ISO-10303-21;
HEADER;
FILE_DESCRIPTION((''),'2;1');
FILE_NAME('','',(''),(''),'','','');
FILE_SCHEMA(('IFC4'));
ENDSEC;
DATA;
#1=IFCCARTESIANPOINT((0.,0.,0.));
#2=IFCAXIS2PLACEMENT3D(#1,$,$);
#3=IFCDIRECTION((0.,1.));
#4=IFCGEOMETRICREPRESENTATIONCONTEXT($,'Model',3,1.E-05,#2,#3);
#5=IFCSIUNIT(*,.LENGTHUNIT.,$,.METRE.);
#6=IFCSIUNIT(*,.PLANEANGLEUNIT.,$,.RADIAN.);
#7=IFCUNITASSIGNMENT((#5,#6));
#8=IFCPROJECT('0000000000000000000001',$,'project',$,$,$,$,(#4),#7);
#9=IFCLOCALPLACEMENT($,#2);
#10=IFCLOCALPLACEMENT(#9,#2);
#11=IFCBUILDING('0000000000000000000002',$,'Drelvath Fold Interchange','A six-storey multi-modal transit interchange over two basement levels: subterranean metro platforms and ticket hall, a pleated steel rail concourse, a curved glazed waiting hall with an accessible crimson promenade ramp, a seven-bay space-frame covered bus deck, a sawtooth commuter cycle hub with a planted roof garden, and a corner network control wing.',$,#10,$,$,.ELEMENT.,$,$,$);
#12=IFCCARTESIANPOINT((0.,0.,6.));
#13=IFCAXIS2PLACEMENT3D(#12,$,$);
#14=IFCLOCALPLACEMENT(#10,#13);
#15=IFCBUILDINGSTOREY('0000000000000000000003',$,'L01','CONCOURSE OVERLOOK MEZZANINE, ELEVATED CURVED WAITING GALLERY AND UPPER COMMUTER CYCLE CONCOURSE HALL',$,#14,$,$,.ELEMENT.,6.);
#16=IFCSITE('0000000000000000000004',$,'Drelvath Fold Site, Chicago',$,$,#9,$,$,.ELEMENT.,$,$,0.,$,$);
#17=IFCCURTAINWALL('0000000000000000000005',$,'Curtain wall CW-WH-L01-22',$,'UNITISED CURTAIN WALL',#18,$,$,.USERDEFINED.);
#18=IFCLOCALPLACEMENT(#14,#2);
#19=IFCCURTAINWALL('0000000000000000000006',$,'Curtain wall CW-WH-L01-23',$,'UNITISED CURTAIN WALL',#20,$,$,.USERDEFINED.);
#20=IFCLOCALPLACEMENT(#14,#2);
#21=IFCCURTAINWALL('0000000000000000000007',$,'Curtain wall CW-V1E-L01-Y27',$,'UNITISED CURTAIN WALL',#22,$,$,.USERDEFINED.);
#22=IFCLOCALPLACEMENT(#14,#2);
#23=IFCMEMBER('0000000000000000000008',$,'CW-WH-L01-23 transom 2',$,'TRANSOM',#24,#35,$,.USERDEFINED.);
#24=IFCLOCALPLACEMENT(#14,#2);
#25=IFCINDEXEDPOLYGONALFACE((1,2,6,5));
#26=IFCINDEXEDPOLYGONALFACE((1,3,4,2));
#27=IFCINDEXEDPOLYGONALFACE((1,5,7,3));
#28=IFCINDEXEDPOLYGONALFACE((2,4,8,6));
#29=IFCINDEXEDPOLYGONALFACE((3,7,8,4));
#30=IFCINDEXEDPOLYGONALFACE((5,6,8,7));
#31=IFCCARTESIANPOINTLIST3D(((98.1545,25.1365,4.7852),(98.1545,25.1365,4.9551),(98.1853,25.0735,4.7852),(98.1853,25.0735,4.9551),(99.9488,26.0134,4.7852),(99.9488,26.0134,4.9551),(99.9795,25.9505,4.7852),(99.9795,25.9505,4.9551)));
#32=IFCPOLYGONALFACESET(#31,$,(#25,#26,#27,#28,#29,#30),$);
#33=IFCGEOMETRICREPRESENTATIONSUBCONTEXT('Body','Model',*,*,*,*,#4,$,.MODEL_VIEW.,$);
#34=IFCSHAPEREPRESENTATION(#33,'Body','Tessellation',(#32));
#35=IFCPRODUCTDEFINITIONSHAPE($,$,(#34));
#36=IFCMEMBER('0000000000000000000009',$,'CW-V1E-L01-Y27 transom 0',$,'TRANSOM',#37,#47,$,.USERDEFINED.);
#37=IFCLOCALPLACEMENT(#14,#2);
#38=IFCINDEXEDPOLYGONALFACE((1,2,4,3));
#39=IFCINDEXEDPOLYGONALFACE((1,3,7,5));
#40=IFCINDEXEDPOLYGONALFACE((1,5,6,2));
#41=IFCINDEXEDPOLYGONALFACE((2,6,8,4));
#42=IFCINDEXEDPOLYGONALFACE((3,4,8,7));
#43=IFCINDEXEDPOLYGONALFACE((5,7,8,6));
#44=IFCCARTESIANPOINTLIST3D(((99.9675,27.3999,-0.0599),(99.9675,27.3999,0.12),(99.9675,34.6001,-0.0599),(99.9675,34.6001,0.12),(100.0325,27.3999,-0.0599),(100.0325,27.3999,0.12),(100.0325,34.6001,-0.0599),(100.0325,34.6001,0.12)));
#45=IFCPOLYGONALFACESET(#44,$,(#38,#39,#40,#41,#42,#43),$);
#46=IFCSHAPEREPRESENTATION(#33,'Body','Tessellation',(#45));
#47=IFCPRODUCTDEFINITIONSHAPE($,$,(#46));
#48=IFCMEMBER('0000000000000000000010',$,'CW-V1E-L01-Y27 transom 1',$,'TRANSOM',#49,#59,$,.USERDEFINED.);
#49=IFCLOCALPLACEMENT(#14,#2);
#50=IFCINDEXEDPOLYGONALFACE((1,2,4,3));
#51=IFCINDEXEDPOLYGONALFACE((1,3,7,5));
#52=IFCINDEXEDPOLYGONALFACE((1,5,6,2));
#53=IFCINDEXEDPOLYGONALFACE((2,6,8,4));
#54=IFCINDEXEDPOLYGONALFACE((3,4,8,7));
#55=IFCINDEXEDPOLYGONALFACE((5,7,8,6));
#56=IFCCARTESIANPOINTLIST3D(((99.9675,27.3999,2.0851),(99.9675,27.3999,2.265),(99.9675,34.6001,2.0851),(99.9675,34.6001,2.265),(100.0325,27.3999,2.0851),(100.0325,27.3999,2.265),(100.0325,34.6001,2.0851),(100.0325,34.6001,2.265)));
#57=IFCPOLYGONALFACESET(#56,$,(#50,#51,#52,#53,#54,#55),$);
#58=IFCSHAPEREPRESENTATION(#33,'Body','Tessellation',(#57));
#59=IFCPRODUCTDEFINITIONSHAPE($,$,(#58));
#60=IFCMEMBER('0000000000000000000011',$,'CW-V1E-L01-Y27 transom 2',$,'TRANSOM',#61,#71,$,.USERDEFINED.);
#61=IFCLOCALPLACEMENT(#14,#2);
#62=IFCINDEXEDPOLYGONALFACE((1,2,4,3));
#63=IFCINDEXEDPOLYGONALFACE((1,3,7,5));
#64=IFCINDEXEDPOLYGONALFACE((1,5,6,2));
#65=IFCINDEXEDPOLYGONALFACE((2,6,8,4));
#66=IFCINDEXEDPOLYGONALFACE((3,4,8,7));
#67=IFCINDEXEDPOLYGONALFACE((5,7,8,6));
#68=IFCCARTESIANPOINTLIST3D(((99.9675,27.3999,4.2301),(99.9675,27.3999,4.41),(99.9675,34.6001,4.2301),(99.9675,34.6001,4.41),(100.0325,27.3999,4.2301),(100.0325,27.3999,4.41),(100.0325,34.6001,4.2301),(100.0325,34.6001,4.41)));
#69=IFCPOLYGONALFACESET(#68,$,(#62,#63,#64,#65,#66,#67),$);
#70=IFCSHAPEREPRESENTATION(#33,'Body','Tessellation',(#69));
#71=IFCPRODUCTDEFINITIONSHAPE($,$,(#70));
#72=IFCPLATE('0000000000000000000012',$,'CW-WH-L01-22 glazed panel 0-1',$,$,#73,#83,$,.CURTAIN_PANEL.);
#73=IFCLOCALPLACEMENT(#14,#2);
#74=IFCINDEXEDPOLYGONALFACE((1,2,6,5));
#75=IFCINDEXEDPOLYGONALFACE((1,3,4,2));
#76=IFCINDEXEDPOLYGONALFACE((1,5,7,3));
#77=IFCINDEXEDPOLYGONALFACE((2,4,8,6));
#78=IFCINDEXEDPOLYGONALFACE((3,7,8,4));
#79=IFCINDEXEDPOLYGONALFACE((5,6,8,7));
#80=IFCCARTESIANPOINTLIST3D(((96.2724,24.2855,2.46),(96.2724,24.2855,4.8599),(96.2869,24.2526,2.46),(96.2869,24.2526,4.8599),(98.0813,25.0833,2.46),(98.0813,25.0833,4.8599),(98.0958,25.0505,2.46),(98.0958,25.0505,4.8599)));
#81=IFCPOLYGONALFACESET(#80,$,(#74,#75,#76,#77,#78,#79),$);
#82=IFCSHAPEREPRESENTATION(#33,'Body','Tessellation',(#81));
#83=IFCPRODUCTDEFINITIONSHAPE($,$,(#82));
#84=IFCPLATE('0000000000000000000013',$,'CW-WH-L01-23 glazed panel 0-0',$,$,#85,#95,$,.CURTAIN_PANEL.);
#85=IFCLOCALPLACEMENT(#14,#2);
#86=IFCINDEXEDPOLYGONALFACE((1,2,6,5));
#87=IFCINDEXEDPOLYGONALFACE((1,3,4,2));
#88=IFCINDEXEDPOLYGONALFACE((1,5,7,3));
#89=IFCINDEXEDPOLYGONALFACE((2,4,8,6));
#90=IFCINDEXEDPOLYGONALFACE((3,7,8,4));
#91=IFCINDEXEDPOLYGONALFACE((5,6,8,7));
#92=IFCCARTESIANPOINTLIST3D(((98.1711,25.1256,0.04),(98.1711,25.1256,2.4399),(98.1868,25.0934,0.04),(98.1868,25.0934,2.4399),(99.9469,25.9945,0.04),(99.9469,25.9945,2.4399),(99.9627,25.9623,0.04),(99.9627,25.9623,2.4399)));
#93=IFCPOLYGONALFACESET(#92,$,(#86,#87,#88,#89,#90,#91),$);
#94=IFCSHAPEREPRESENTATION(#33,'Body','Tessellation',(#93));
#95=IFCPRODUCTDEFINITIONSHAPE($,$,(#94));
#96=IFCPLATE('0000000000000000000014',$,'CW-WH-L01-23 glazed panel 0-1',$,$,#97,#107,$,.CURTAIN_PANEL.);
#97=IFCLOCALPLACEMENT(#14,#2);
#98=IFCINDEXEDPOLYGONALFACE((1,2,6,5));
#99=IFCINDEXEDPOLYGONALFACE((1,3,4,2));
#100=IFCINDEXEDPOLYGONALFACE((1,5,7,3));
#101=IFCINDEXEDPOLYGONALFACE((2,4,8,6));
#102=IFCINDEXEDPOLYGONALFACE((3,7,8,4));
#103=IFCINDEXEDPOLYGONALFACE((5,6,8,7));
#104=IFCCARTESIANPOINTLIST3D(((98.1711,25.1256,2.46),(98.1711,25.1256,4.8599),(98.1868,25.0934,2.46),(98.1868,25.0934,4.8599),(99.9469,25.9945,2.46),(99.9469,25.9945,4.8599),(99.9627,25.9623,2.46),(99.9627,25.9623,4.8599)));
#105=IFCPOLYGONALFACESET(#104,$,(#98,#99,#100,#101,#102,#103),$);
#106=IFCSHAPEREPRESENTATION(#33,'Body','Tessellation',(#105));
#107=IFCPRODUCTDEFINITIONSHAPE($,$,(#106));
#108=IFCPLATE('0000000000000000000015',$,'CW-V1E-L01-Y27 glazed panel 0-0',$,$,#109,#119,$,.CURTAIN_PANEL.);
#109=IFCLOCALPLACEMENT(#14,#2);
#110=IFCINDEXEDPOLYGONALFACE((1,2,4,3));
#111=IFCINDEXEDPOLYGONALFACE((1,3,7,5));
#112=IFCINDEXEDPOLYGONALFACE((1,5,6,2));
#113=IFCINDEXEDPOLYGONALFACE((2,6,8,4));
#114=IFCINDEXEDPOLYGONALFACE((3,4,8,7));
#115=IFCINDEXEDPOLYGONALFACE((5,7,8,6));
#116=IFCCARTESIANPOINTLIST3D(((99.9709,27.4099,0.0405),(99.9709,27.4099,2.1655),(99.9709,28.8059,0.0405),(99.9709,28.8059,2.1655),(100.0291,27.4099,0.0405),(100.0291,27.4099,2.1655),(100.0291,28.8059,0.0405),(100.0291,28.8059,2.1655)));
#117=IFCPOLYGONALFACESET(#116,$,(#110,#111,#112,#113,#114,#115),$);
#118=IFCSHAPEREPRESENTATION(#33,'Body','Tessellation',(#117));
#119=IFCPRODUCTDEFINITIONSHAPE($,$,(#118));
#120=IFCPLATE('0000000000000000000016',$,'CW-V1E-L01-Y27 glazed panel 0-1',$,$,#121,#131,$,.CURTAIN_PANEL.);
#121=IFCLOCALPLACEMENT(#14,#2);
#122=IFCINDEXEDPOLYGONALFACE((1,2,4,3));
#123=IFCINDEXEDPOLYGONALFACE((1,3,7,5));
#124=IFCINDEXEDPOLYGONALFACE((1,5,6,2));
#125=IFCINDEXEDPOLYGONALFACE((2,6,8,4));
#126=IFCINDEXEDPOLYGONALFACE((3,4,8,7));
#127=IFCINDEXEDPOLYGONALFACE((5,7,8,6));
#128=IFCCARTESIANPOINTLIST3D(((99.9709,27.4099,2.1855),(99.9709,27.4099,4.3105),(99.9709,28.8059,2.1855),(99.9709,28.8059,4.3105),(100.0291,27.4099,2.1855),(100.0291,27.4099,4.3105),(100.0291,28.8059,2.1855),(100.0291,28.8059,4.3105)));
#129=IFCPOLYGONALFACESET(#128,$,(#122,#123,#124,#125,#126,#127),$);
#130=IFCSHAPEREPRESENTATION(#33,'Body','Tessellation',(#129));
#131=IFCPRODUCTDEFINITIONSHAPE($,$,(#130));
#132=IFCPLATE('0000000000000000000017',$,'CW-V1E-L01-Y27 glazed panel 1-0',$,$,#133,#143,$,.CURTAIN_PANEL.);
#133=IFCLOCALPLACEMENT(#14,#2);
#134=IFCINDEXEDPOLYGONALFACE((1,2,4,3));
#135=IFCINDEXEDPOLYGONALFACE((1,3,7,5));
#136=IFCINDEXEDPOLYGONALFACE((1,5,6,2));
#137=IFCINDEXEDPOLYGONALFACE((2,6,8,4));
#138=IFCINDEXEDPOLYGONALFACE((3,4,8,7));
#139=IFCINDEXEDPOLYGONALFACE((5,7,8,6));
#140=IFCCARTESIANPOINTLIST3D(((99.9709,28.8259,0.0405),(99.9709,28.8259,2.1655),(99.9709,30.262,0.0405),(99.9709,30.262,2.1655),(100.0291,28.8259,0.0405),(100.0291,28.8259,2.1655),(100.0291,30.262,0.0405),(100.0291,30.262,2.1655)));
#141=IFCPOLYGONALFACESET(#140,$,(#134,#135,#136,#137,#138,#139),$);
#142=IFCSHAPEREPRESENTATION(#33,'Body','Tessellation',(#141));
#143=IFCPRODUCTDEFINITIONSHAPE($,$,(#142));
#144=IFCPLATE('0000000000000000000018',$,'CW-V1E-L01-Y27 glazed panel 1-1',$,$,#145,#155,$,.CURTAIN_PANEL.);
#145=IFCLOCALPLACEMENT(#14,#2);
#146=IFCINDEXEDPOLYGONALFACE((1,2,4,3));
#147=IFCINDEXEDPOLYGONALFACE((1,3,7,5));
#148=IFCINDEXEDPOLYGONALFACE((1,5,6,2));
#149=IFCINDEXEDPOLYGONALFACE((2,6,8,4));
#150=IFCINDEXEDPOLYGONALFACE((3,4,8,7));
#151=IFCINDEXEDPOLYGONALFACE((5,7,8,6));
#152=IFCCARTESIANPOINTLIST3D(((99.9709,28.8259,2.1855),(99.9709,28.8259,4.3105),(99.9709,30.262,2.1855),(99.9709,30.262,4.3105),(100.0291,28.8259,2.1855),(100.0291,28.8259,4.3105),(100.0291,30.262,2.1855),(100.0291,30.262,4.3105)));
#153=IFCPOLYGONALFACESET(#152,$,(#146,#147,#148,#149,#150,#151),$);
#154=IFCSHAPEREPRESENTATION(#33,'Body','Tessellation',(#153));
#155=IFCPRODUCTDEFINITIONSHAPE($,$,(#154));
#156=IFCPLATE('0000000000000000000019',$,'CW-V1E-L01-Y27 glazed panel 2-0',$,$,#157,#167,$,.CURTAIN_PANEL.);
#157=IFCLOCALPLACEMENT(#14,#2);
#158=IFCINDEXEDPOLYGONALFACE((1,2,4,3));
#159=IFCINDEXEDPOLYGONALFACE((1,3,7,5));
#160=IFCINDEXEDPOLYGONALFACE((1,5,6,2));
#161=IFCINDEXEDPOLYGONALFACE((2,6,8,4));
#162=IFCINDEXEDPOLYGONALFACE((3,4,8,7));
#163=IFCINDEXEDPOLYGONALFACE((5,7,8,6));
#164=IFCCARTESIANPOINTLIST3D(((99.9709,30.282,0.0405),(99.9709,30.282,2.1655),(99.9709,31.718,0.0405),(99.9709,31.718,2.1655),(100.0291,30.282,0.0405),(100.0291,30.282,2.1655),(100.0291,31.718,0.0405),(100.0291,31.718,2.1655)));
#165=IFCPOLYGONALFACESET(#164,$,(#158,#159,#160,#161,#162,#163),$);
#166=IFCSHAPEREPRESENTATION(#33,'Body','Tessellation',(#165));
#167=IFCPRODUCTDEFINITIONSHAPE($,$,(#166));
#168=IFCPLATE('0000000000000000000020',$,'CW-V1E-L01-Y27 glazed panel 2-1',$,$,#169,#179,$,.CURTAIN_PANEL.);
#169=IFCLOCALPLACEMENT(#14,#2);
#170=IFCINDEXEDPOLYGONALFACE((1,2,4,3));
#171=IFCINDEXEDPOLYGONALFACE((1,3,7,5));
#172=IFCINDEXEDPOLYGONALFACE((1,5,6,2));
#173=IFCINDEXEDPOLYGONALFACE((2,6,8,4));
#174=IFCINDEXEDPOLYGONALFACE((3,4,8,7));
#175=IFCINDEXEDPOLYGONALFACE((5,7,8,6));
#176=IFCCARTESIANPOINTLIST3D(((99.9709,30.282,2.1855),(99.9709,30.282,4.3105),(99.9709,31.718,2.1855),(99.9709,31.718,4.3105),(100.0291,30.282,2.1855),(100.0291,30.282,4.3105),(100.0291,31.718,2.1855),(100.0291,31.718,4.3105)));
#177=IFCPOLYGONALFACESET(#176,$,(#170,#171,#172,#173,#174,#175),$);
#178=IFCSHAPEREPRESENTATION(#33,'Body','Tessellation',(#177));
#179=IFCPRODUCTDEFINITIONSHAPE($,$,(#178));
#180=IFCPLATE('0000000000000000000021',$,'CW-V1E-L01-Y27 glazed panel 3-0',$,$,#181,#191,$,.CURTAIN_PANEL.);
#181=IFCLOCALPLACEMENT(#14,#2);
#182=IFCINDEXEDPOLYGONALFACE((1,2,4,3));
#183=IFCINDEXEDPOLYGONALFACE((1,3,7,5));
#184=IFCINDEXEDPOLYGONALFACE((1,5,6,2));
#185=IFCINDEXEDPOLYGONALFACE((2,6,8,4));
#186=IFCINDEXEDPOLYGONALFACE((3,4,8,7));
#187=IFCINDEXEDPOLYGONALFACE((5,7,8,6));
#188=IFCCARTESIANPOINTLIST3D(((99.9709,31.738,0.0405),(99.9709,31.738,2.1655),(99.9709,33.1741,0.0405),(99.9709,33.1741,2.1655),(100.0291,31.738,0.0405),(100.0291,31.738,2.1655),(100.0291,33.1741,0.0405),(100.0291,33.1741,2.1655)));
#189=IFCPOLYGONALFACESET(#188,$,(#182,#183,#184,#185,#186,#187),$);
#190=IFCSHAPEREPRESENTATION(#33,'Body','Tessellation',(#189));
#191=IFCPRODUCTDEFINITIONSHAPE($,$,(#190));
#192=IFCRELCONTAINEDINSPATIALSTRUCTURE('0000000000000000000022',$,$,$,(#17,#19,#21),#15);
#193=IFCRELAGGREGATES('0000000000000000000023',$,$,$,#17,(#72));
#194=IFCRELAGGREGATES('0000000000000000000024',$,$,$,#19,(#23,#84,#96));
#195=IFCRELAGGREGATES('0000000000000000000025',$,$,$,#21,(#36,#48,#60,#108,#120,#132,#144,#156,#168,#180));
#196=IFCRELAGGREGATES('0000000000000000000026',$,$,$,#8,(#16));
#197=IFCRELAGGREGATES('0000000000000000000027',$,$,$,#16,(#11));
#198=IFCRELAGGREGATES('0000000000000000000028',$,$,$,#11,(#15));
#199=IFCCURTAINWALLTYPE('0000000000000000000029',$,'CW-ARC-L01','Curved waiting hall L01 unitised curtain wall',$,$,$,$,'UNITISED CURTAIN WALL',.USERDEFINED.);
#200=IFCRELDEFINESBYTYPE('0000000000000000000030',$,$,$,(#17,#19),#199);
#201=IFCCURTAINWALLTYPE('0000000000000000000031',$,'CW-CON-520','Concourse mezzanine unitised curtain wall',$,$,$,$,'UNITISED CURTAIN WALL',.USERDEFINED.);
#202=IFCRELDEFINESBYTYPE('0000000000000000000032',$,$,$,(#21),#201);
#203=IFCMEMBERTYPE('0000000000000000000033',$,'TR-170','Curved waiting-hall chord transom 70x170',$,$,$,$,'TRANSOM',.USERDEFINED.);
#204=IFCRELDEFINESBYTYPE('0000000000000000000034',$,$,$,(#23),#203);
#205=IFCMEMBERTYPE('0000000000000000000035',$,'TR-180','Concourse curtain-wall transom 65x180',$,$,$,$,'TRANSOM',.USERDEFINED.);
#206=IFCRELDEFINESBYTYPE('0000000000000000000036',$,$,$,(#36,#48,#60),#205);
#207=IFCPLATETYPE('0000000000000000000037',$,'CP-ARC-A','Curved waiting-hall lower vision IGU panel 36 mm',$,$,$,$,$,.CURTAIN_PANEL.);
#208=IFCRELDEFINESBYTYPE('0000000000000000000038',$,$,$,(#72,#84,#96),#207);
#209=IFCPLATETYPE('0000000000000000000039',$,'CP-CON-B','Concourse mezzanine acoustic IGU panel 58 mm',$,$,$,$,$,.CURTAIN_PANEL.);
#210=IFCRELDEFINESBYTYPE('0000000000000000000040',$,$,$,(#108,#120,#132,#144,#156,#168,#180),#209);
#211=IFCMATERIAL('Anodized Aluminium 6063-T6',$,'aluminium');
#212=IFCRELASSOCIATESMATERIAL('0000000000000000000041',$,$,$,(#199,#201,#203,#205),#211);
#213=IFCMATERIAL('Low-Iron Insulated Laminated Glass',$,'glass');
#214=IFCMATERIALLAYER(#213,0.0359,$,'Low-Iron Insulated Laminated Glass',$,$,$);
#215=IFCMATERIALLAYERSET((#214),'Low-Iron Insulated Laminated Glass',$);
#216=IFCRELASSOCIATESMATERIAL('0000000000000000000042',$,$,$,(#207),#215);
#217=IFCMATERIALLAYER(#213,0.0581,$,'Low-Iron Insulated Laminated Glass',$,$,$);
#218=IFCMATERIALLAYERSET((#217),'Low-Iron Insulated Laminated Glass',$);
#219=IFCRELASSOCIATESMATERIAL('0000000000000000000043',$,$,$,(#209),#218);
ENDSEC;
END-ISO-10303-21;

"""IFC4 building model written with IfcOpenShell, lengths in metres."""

from ifc_helpers import new_model, si_unit, direction, frame, origin, origin_2d, place, context, subcontext, project, spatial, rectangle, extrude, material, layer, layer_set, material_profile, profile_set, type_object, element, aggregate, save


model = new_model("IFC4")

# Units and contexts
model_context = context("Model", 3, precision=1e-05, world=origin(), true_north=direction((0.0, 1.0)))
body_context = subcontext(model_context, "Body", "Model", "MODEL_VIEW")
ifc_project = project(units=[si_unit("LENGTHUNIT", "METRE"), si_unit("PLANEANGLEUNIT", "RADIAN")], contexts=[model_context])

# Site, building, storey
site_placement = place(None, origin())
site = spatial("IfcSite", under=ifc_project, at=site_placement, Name="Drelvath Fold Site, Chicago", CompositionType="ELEMENT", RefElevation=0.0)
building_placement = place(site_placement, origin())
building = spatial("IfcBuilding", under=site, at=building_placement, Name="Drelvath Fold Interchange", Description="A six-storey multi-modal transit interchange over two basement levels: subterranean metro platforms and ticket hall, a pleated steel rail concourse, a curved glazed waiting hall with an accessible crimson promenade ramp, a seven-bay space-frame covered bus deck, a sawtooth commuter cycle hub with a planted roof garden, and a corner network control wing.", CompositionType="ELEMENT")
storey_placement = place(building_placement, frame((0.0, 0.0, 6.0)))
storey = spatial("IfcBuildingStorey", under=building, at=storey_placement, Name="L01", Description="CONCOURSE OVERLOOK MEZZANINE, ELEVATED CURVED WAITING GALLERY AND UPPER COMMUTER CYCLE CONCOURSE HALL", CompositionType="ELEMENT", Elevation=6.0)

# Curtain wall
ifc_material_1 = material(Name="Anodized Aluminium 6063-T6", Category="aluminium")
curtain_wall_type_1 = type_object("IfcCurtainWallType", Name="CW-ARC-L01", Description="Curved waiting hall L01 unitised curtain wall", ElementType="UNITISED CURTAIN WALL", PredefinedType="USERDEFINED", material=ifc_material_1)
curtain_wall_1_placement = place(storey_placement, origin())
curtain_wall_1 = element("IfcCurtainWall", 1, at=curtain_wall_1_placement, inside=storey, type_object=curtain_wall_type_1, Name="Curtain wall CW-WH-L01-22", ObjectType="UNITISED CURTAIN WALL", PredefinedType="USERDEFINED")

# Curtain walls
curtain_wall_2_placement = place(storey_placement, origin())
curtain_wall_2 = element("IfcCurtainWall", 2, at=curtain_wall_2_placement, inside=storey, type_object=curtain_wall_type_1, Name="Curtain wall CW-WH-L01-23", ObjectType="UNITISED CURTAIN WALL", PredefinedType="USERDEFINED")
curtain_wall_type_2 = type_object("IfcCurtainWallType", Name="CW-CON-520", Description="Concourse mezzanine unitised curtain wall", ElementType="UNITISED CURTAIN WALL", PredefinedType="USERDEFINED", material=ifc_material_1)
curtain_wall_3_placement = place(storey_placement, origin())
curtain_wall_3 = element("IfcCurtainWall", 3, at=curtain_wall_3_placement, inside=storey, type_object=curtain_wall_type_2, Name="Curtain wall CW-V1E-L01-Y27", ObjectType="UNITISED CURTAIN WALL", PredefinedType="USERDEFINED")

# Members
ifc_material_profile_1 = material_profile(ifc_material_1, rectangle(XDim=0.0701, YDim=0.1699, at=origin_2d()), Name="AL-T 70x170")
ifc_profile_set_1 = profile_set([ifc_material_profile_1], Name="Anodized Aluminium 6063-T6")
member_type_1 = type_object("IfcMemberType", Name="TR-170", Description="Curved waiting-hall chord transom 70x170", ElementType="TRANSOM", PredefinedType="USERDEFINED", material=ifc_profile_set_1)
member_1_placement = place(storey_placement, frame((98.1699, 25.105, 4.8701), z_axis=(0.898425, 0.439127, 0.0), x_axis=(-0.439127, 0.898425, 0.0)))
member_1 = element("IfcMember", 4, at=member_1_placement, type_object=member_type_1, Name="CW-WH-L01-23 transom 2", ObjectType="TRANSOM", PredefinedType="USERDEFINED", context=body_context, shape_type="SweptSolid", body=[
    extrude(rectangle(XDim=0.0701, YDim=0.1699, at=origin_2d()), origin(), (0.0, 0.0, 1.0), 1.9971),
])
ifc_material_profile_2 = material_profile(ifc_material_1, rectangle(XDim=0.0649, YDim=0.1799, at=origin_2d()), Name="AL-T 65x180")
ifc_profile_set_2 = profile_set([ifc_material_profile_2], Name="Anodized Aluminium 6063-T6")
member_type_2 = type_object("IfcMemberType", Name="TR-180", Description="Concourse curtain-wall transom 65x180", ElementType="TRANSOM", PredefinedType="USERDEFINED", material=ifc_profile_set_2)
member_2_placement = place(storey_placement, frame((100.0, 27.3999, 0.03), z_axis=(0.0, 1.0, 0.0), x_axis=(-1.0, 0.0, 0.0)))
member_2 = element("IfcMember", 5, at=member_2_placement, type_object=member_type_2, Name="CW-V1E-L01-Y27 transom 0", ObjectType="TRANSOM", PredefinedType="USERDEFINED", context=body_context, shape_type="SweptSolid", body=[
    extrude(rectangle(XDim=0.0649, YDim=0.1799, at=origin_2d()), origin(), (0.0, 0.0, 1.0), 7.2002),
])
member_3_placement = place(storey_placement, frame((100.0, 27.3999, 2.175), z_axis=(0.0, 1.0, 0.0), x_axis=(-1.0, 0.0, 0.0)))
member_3 = element("IfcMember", 6, at=member_3_placement, type_object=member_type_2, Name="CW-V1E-L01-Y27 transom 1", ObjectType="TRANSOM", PredefinedType="USERDEFINED", context=body_context, shape_type="SweptSolid", body=[
    extrude(rectangle(XDim=0.0649, YDim=0.1799, at=origin_2d()), origin(), (0.0, 0.0, 1.0), 7.2002),
])
member_4_placement = place(storey_placement, frame((100.0, 27.3999, 4.3201), z_axis=(0.0, 1.0, 0.0), x_axis=(-1.0, 0.0, 0.0)))
member_4 = element("IfcMember", 7, at=member_4_placement, type_object=member_type_2, Name="CW-V1E-L01-Y27 transom 2", ObjectType="TRANSOM", PredefinedType="USERDEFINED", context=body_context, shape_type="SweptSolid", body=[
    extrude(rectangle(XDim=0.0649, YDim=0.1799, at=origin_2d()), origin(), (0.0, 0.0, 1.0), 7.2002),
])

# Plates
ifc_material_2 = material(Name="Low-Iron Insulated Laminated Glass", Category="glass")
ifc_layer_1 = layer(ifc_material_2, 0.0359, Name="Low-Iron Insulated Laminated Glass")
ifc_layer_set_1 = layer_set([ifc_layer_1], Name="Low-Iron Insulated Laminated Glass")
plate_type_1 = type_object("IfcPlateType", Name="CP-ARC-A", Description="Curved waiting-hall lower vision IGU panel 36 mm", PredefinedType="CURTAIN_PANEL", material=ifc_layer_set_1)
plate_1_placement = place(storey_placement, frame((97.1841, 24.668, 2.46), z_axis=(0.0, 0.0, 1.0), x_axis=(0.91496, 0.403545, 0.0)))
plate_1 = element("IfcPlate", 8, at=plate_1_placement, type_object=plate_type_1, Name="CW-WH-L01-22 glazed panel 0-1", PredefinedType="CURTAIN_PANEL", context=body_context, shape_type="SweptSolid", body=[
    extrude(rectangle(XDim=1.9771, YDim=0.0359, at=origin_2d()), origin(), (0.0, 0.0, 1.0), 2.3999),
])
aggregate(curtain_wall_1, [plate_1])
plate_2_placement = place(storey_placement, frame((99.0669, 25.5439, 0.04), z_axis=(0.0, 0.0, 1.0), x_axis=(0.898242, 0.4395, 0.0)))
plate_2 = element("IfcPlate", 9, at=plate_2_placement, type_object=plate_type_1, Name="CW-WH-L01-23 glazed panel 0-0", PredefinedType="CURTAIN_PANEL", context=body_context, shape_type="SweptSolid", body=[
    extrude(rectangle(XDim=1.9771, YDim=0.0359, at=origin_2d()), origin(), (0.0, 0.0, 1.0), 2.3999),
])
plate_3_placement = place(storey_placement, frame((99.0669, 25.5439, 2.46), z_axis=(0.0, 0.0, 1.0), x_axis=(0.898242, 0.4395, 0.0)))
plate_3 = element("IfcPlate", 10, at=plate_3_placement, type_object=plate_type_1, Name="CW-WH-L01-23 glazed panel 0-1", PredefinedType="CURTAIN_PANEL", context=body_context, shape_type="SweptSolid", body=[
    extrude(rectangle(XDim=1.9771, YDim=0.0359, at=origin_2d()), origin(), (0.0, 0.0, 1.0), 2.3999),
])
aggregate(curtain_wall_2, [member_1, plate_2, plate_3])
ifc_layer_2 = layer(ifc_material_2, 0.0581, Name="Low-Iron Insulated Laminated Glass")
ifc_layer_set_2 = layer_set([ifc_layer_2], Name="Low-Iron Insulated Laminated Glass")
plate_type_2 = type_object("IfcPlateType", Name="CP-CON-B", Description="Concourse mezzanine acoustic IGU panel 58 mm", PredefinedType="CURTAIN_PANEL", material=ifc_layer_set_2)
plate_4_placement = place(storey_placement, frame((100.0, 28.1079, 0.0405), z_axis=(0.0, 0.0, 1.0), x_axis=(0.0, 1.0, 0.0)))
plate_4 = element("IfcPlate", 11, at=plate_4_placement, type_object=plate_type_2, Name="CW-V1E-L01-Y27 glazed panel 0-0", PredefinedType="CURTAIN_PANEL", context=body_context, shape_type="SweptSolid", body=[
    extrude(rectangle(XDim=1.396, YDim=0.0581, at=origin_2d()), origin(), (0.0, 0.0, 1.0), 2.125),
])
plate_5_placement = place(storey_placement, frame((100.0, 28.1079, 2.1855), z_axis=(0.0, 0.0, 1.0), x_axis=(0.0, 1.0, 0.0)))
plate_5 = element("IfcPlate", 12, at=plate_5_placement, type_object=plate_type_2, Name="CW-V1E-L01-Y27 glazed panel 0-1", PredefinedType="CURTAIN_PANEL", context=body_context, shape_type="SweptSolid", body=[
    extrude(rectangle(XDim=1.396, YDim=0.0581, at=origin_2d()), origin(), (0.0, 0.0, 1.0), 2.125),
])
plate_6_placement = place(storey_placement, frame((100.0, 29.5439, 0.0405), z_axis=(0.0, 0.0, 1.0), x_axis=(0.0, 1.0, 0.0)))
plate_6 = element("IfcPlate", 13, at=plate_6_placement, type_object=plate_type_2, Name="CW-V1E-L01-Y27 glazed panel 1-0", PredefinedType="CURTAIN_PANEL", context=body_context, shape_type="SweptSolid", body=[
    extrude(rectangle(XDim=1.436, YDim=0.0581, at=origin_2d()), origin(), (0.0, 0.0, 1.0), 2.125),
])
plate_7_placement = place(storey_placement, frame((100.0, 29.5439, 2.1855), z_axis=(0.0, 0.0, 1.0), x_axis=(0.0, 1.0, 0.0)))
plate_7 = element("IfcPlate", 14, at=plate_7_placement, type_object=plate_type_2, Name="CW-V1E-L01-Y27 glazed panel 1-1", PredefinedType="CURTAIN_PANEL", context=body_context, shape_type="SweptSolid", body=[
    extrude(rectangle(XDim=1.436, YDim=0.0581, at=origin_2d()), origin(), (0.0, 0.0, 1.0), 2.125),
])
plate_8_placement = place(storey_placement, frame((100.0, 31.0, 0.0405), z_axis=(0.0, 0.0, 1.0), x_axis=(0.0, 1.0, 0.0)))
plate_8 = element("IfcPlate", 15, at=plate_8_placement, type_object=plate_type_2, Name="CW-V1E-L01-Y27 glazed panel 2-0", PredefinedType="CURTAIN_PANEL", context=body_context, shape_type="SweptSolid", body=[
    extrude(rectangle(XDim=1.436, YDim=0.0581, at=origin_2d()), origin(), (0.0, 0.0, 1.0), 2.125),
])
plate_9_placement = place(storey_placement, frame((100.0, 31.0, 2.1855), z_axis=(0.0, 0.0, 1.0), x_axis=(0.0, 1.0, 0.0)))
plate_9 = element("IfcPlate", 16, at=plate_9_placement, type_object=plate_type_2, Name="CW-V1E-L01-Y27 glazed panel 2-1", PredefinedType="CURTAIN_PANEL", context=body_context, shape_type="SweptSolid", body=[
    extrude(rectangle(XDim=1.436, YDim=0.0581, at=origin_2d()), origin(), (0.0, 0.0, 1.0), 2.125),
])
plate_10_placement = place(storey_placement, frame((100.0, 32.4561, 0.0405), z_axis=(0.0, 0.0, 1.0), x_axis=(0.0, 1.0, 0.0)))
plate_10 = element("IfcPlate", 17, at=plate_10_placement, type_object=plate_type_2, Name="CW-V1E-L01-Y27 glazed panel 3-0", PredefinedType="CURTAIN_PANEL", context=body_context, shape_type="SweptSolid", body=[
    extrude(rectangle(XDim=1.436, YDim=0.0581, at=origin_2d()), origin(), (0.0, 0.0, 1.0), 2.125),
])
aggregate(curtain_wall_3, [member_2, member_3, member_4, plate_4, plate_5, plate_6, plate_7, plate_8, plate_9, plate_10])

save(model, "model.ifc")
